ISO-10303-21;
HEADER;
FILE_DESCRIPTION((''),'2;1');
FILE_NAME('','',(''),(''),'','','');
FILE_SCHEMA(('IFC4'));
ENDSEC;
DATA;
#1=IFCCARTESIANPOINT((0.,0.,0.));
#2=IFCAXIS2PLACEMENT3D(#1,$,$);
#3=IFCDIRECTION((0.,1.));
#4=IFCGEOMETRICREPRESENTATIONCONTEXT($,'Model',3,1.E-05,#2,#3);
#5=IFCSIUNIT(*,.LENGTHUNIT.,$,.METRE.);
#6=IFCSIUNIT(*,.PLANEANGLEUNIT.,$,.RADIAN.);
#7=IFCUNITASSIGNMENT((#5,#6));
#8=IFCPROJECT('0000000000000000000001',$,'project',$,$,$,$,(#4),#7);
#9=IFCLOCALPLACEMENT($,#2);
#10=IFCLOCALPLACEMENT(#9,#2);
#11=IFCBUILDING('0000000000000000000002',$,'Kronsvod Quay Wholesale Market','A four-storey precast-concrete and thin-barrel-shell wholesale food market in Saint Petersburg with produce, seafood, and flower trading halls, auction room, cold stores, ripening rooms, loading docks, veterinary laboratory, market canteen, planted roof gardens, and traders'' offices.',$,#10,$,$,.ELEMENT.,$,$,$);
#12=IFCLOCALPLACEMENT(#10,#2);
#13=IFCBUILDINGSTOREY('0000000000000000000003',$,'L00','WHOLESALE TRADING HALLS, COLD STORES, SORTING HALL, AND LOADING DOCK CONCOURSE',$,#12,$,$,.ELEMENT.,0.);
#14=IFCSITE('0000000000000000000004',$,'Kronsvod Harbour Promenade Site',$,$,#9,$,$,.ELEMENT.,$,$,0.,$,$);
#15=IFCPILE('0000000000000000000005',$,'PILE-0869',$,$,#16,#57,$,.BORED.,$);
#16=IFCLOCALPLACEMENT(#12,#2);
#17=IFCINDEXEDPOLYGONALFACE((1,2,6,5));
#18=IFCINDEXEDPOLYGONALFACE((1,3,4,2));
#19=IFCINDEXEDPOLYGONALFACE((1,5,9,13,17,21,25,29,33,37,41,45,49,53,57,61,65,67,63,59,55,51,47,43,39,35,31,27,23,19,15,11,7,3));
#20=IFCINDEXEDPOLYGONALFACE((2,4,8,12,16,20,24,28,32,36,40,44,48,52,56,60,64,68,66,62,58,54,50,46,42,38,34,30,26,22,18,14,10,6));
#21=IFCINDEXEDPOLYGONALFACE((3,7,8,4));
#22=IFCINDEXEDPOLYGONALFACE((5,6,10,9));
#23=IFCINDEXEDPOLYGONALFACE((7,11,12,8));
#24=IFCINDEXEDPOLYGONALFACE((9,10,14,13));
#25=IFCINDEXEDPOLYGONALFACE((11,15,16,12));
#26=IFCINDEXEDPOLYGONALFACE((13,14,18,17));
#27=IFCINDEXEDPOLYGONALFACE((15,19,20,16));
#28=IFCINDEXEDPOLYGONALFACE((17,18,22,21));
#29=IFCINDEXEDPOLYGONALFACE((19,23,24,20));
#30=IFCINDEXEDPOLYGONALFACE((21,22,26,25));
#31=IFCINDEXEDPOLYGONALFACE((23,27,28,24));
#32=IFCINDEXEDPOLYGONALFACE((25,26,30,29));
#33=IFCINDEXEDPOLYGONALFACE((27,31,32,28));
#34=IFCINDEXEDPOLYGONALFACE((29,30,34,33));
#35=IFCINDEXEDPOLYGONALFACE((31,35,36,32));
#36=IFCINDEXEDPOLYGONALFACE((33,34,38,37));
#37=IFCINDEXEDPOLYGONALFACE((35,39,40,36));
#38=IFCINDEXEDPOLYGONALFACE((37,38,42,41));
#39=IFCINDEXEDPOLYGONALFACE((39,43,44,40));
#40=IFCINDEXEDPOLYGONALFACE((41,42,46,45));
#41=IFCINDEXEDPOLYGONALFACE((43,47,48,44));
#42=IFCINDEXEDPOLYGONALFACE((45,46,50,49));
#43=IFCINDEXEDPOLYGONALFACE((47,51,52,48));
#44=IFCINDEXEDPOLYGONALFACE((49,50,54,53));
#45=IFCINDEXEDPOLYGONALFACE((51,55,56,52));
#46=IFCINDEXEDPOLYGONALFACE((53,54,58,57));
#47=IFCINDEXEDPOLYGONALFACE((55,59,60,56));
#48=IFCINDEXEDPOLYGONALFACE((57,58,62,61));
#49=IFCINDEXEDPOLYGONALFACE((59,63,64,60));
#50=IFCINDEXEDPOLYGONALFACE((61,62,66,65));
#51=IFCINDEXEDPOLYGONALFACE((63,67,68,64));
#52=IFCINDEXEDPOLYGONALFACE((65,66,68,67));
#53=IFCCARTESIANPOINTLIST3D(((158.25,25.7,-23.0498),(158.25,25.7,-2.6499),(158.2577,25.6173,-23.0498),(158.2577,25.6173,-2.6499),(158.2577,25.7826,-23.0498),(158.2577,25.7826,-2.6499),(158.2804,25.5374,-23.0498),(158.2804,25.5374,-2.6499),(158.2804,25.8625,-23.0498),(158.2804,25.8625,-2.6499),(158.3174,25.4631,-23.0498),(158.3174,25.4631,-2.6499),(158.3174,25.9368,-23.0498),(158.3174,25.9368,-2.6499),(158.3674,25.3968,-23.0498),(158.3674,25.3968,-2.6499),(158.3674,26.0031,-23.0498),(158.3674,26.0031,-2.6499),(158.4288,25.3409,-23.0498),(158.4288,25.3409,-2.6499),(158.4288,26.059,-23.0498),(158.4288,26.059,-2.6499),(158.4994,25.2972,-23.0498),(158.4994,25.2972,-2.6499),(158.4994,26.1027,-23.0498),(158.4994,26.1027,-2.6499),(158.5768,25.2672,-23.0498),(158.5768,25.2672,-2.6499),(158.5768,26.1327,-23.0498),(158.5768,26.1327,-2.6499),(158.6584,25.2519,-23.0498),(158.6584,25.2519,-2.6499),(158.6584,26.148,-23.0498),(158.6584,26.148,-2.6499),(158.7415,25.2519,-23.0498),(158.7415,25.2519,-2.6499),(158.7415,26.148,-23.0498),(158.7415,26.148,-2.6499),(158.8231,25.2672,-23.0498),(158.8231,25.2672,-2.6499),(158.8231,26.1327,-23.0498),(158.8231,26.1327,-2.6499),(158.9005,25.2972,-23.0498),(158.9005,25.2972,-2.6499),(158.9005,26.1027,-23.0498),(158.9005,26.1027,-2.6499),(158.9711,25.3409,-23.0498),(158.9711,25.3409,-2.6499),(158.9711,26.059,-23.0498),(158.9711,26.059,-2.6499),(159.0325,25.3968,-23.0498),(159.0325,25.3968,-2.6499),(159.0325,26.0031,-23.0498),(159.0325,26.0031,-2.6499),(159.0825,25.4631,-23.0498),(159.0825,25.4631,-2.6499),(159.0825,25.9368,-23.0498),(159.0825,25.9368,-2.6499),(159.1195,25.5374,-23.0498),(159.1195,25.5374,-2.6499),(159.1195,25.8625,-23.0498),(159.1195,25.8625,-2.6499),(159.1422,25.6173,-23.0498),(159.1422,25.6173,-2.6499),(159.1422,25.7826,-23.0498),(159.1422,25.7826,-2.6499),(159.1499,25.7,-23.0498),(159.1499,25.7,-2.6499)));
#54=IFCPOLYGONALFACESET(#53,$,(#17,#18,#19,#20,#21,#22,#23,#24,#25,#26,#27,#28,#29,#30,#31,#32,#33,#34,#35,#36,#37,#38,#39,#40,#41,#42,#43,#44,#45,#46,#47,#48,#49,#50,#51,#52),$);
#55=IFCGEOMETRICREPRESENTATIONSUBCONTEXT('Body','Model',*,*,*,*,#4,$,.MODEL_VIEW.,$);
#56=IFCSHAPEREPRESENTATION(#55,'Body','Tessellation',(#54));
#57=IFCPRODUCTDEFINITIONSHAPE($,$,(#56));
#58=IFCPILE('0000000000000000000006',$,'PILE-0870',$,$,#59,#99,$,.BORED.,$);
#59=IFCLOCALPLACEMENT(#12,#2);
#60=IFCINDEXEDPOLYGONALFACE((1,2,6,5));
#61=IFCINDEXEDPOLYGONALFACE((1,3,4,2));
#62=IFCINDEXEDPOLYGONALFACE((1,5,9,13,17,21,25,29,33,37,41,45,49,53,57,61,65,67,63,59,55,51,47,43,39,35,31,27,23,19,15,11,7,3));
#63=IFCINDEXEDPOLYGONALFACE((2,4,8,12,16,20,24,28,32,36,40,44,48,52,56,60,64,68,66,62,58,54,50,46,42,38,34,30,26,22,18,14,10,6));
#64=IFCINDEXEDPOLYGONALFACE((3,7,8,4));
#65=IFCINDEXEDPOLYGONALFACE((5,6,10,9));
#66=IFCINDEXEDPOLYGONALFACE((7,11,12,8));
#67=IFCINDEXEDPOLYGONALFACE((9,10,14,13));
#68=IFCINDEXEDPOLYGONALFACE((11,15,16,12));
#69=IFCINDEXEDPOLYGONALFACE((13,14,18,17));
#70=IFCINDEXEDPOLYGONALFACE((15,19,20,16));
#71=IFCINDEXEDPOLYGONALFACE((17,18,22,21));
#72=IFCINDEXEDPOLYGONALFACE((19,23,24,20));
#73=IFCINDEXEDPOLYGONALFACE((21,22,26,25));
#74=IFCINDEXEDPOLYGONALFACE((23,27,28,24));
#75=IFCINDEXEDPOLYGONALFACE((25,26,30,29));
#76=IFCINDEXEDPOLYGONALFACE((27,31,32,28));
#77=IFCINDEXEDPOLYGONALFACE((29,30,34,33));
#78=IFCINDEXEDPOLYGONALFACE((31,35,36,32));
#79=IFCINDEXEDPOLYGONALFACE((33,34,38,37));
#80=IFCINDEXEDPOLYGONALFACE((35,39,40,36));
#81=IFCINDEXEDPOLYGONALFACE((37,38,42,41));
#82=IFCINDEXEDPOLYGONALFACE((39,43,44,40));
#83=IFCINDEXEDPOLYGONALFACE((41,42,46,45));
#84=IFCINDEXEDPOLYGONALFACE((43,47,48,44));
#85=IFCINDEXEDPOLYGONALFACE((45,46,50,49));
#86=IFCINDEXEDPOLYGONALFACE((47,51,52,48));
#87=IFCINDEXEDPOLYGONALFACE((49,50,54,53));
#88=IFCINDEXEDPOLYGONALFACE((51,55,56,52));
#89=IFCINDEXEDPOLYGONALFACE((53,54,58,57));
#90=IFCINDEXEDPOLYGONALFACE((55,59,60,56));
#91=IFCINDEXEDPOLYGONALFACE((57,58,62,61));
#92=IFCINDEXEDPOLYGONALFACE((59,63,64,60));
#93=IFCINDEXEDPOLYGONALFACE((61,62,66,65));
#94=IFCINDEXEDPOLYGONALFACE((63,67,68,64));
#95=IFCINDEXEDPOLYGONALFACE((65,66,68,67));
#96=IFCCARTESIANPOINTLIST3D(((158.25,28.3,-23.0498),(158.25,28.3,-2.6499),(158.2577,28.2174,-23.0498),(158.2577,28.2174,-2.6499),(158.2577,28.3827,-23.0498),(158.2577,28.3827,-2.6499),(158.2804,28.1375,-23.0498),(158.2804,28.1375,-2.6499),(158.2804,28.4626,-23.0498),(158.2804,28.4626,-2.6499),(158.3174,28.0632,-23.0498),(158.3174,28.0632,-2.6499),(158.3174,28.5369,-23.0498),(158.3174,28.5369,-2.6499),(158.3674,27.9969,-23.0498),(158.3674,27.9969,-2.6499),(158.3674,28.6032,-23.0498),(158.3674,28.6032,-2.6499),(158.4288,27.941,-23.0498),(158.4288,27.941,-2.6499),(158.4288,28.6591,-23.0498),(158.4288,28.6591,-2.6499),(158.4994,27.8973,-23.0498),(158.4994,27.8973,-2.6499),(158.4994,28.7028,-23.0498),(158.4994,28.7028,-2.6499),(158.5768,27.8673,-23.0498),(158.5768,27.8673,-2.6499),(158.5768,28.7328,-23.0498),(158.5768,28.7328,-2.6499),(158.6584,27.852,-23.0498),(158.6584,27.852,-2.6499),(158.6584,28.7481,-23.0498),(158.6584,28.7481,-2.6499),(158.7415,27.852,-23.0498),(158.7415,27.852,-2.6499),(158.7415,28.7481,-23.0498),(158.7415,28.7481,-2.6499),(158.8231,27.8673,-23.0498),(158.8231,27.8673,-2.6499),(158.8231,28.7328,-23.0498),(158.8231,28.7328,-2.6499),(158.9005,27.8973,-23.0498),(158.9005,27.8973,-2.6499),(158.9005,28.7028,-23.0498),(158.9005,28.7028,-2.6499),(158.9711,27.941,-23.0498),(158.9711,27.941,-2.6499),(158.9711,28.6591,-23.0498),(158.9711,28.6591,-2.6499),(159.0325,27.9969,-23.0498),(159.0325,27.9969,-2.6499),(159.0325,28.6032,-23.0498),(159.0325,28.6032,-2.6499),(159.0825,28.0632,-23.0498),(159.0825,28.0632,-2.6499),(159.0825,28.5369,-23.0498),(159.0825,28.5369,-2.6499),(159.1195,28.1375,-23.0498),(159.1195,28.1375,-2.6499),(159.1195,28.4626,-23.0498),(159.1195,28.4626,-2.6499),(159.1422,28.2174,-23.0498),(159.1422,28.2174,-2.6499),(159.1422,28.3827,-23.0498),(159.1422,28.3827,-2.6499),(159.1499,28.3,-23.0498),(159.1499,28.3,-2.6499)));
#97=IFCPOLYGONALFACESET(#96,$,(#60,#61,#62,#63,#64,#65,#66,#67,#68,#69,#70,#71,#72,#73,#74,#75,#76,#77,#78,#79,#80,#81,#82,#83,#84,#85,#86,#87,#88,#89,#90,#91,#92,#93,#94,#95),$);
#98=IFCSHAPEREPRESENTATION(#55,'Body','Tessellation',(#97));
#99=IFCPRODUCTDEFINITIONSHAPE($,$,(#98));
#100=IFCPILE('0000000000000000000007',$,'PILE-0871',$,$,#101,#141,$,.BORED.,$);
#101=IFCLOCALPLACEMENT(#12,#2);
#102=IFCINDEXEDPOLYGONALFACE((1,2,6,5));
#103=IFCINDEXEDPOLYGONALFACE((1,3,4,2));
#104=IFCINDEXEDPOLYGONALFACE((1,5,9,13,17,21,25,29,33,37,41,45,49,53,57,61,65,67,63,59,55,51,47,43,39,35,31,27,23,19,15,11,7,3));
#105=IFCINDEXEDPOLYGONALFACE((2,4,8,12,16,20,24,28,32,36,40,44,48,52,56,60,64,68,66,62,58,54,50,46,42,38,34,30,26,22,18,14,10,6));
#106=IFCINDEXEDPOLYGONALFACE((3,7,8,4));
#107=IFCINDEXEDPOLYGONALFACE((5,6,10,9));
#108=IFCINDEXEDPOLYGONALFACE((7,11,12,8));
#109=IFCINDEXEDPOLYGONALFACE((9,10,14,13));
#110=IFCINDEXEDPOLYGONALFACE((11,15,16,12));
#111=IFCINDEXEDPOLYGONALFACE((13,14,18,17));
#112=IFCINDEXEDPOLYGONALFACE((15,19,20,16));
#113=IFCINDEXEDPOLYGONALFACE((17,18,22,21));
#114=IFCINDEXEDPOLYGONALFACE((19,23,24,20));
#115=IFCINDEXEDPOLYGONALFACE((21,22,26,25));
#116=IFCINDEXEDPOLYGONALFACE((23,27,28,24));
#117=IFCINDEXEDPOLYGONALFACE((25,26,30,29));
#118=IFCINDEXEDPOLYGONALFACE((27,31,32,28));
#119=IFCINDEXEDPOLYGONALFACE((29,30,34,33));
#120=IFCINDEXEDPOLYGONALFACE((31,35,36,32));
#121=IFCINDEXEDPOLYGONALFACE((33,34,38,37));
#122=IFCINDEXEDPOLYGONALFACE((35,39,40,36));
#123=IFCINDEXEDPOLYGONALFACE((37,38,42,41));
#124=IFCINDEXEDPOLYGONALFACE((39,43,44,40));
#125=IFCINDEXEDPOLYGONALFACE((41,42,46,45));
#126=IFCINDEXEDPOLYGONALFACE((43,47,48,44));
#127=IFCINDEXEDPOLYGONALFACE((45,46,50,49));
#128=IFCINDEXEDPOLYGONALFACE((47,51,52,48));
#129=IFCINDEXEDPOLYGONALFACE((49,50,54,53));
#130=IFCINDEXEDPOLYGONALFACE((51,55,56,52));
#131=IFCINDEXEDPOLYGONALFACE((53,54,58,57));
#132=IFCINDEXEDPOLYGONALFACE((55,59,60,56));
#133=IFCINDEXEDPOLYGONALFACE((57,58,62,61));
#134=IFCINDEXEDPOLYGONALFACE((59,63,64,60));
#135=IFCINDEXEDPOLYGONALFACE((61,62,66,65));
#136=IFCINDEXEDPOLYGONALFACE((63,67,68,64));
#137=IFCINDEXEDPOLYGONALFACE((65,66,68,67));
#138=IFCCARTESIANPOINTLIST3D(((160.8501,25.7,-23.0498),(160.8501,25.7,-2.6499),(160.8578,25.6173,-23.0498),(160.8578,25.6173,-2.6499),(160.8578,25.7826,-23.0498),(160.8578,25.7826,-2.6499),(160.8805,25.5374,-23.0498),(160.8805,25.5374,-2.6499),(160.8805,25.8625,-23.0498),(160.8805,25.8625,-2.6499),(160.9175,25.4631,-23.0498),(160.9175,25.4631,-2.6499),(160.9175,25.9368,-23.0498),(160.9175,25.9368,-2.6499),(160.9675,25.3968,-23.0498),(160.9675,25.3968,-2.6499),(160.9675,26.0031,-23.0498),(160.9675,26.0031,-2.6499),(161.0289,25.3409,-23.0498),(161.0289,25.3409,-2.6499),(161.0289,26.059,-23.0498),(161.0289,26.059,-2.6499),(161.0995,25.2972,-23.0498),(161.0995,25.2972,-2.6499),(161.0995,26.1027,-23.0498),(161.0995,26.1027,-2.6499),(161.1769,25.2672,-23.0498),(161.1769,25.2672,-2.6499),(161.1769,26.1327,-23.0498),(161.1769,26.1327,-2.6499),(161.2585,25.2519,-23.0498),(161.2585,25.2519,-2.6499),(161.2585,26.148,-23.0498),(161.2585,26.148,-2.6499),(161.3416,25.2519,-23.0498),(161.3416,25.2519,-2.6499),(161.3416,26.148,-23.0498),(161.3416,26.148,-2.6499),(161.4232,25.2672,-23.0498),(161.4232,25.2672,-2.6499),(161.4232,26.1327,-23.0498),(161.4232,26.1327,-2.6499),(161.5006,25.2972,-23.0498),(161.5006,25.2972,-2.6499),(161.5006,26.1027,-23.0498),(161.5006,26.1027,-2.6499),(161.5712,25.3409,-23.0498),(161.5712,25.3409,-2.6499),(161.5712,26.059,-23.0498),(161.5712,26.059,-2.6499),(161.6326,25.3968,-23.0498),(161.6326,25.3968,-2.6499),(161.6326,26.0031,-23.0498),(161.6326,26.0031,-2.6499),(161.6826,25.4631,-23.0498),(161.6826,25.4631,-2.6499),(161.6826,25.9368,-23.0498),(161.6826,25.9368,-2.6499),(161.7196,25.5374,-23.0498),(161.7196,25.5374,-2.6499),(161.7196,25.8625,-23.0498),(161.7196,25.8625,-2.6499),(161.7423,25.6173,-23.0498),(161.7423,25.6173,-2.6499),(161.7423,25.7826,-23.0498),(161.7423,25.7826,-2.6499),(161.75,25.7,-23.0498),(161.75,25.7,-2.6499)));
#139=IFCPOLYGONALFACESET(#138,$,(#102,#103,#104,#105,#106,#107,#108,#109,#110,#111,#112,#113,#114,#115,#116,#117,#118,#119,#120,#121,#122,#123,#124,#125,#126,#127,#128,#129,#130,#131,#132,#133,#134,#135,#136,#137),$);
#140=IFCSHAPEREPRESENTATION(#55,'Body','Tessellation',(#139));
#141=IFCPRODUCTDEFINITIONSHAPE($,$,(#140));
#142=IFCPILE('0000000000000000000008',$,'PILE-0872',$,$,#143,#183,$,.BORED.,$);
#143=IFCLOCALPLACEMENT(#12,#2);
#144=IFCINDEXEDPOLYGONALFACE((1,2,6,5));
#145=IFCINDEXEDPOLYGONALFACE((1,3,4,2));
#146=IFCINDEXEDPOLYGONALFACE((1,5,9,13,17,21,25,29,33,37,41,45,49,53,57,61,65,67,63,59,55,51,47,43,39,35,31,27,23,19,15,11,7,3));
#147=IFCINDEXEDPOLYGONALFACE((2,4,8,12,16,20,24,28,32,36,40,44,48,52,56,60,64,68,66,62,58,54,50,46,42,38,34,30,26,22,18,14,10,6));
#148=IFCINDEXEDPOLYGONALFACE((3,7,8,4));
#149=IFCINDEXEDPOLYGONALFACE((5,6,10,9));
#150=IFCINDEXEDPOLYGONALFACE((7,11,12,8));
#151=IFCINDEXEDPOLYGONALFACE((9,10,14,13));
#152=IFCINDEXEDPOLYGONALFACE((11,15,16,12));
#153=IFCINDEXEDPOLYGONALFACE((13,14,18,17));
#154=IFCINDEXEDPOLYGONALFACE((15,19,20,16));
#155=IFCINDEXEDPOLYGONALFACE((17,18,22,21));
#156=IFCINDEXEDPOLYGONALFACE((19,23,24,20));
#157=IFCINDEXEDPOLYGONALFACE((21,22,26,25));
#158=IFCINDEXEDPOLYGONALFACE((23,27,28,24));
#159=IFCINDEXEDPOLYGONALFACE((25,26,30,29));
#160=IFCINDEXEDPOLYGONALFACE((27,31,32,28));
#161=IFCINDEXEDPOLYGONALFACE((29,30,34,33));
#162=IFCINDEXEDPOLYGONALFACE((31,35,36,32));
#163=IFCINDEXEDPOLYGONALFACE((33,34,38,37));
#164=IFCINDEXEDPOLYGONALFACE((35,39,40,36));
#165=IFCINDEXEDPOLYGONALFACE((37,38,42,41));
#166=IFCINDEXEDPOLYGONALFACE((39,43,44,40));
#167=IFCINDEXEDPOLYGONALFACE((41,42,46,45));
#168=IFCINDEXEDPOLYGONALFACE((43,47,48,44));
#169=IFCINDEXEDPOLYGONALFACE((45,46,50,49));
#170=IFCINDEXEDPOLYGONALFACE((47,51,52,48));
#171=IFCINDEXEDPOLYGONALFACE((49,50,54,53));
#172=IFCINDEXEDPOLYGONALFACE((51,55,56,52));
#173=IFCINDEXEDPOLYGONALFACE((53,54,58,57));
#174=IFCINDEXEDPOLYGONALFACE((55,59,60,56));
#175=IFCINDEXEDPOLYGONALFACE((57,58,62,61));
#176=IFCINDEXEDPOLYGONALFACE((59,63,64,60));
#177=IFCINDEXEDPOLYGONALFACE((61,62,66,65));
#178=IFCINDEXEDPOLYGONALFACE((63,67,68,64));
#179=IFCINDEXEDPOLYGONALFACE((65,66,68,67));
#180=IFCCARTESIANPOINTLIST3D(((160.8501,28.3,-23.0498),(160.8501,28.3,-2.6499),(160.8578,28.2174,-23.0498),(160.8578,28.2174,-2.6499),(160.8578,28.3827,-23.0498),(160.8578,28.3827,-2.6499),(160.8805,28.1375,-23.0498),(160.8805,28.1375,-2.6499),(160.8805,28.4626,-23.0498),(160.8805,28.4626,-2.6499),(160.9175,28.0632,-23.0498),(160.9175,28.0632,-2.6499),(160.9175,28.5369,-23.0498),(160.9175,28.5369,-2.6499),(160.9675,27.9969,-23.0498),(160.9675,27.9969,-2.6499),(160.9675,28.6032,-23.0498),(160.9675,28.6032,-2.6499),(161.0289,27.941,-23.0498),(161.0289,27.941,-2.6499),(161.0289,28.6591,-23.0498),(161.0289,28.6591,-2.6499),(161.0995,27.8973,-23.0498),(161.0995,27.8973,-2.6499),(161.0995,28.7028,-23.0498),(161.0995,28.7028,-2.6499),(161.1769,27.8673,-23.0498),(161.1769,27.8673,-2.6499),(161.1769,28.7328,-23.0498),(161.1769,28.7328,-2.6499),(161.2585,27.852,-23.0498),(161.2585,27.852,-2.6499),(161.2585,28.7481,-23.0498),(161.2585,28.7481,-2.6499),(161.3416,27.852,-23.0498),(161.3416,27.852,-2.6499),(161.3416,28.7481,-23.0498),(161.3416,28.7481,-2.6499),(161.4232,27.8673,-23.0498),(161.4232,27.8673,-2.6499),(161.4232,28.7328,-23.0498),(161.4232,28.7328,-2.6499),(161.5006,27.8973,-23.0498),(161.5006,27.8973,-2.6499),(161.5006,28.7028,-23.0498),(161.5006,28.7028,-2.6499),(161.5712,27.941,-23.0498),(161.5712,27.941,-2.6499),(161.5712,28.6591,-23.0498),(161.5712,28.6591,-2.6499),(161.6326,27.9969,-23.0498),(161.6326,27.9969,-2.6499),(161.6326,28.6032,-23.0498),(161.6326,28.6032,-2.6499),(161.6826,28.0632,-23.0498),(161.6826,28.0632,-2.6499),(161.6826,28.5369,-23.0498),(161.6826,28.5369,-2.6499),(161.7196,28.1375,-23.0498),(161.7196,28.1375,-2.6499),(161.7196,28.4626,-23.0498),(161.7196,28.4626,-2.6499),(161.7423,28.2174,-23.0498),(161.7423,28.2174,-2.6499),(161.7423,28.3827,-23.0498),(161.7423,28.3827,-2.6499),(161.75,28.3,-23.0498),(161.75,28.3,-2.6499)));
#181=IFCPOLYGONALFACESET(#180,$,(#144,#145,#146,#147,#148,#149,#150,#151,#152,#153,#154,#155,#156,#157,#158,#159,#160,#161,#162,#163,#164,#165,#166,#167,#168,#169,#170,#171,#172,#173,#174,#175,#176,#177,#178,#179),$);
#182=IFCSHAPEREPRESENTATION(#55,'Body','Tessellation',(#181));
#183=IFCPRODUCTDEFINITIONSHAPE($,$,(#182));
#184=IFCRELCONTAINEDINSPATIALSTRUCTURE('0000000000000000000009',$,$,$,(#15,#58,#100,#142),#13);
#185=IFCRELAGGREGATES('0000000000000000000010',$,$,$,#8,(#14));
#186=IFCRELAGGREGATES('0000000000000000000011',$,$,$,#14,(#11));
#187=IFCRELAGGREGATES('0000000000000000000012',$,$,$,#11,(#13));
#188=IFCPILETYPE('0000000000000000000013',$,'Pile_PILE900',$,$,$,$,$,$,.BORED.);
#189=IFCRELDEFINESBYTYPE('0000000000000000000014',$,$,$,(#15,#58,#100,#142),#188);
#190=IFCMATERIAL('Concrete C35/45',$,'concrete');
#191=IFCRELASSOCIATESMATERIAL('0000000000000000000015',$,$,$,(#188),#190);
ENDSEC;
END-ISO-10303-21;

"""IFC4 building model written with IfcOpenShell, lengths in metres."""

from ifc_helpers import new_model, si_unit, direction, frame, origin, origin_2d, place, context, subcontext, project, spatial, circle, extrude, material, material_profile, profile_set, type_object, element, save


model = new_model("IFC4")

# Units and contexts
model_context = context("Model", 3, precision=1e-05, world=origin(), true_north=direction((0.0, 1.0)))
body_context = subcontext(model_context, "Body", "Model", "MODEL_VIEW")
ifc_project = project(units=[si_unit("LENGTHUNIT", "METRE"), si_unit("PLANEANGLEUNIT", "RADIAN")], contexts=[model_context])

# Site, building, storey
site_placement = place(None, origin())
site = spatial("IfcSite", under=ifc_project, at=site_placement, Name="Kronsvod Harbour Promenade Site", CompositionType="ELEMENT", RefElevation=0.0)
building_placement = place(site_placement, origin())
building = spatial("IfcBuilding", under=site, at=building_placement, Name="Kronsvod Quay Wholesale Market", Description="A four-storey precast-concrete and thin-barrel-shell wholesale food market in Saint Petersburg with produce, seafood, and flower trading halls, auction room, cold stores, ripening rooms, loading docks, veterinary laboratory, market canteen, planted roof gardens, and traders' offices.", CompositionType="ELEMENT")
storey_placement = place(building_placement, origin())
storey = spatial("IfcBuildingStorey", under=building, at=storey_placement, Name="L00", Description="WHOLESALE TRADING HALLS, COLD STORES, SORTING HALL, AND LOADING DOCK CONCOURSE", CompositionType="ELEMENT", Elevation=0.0)

# Piles
ifc_material_1 = material(Name="Concrete C35/45", Category="concrete")
ifc_material_profile_1 = material_profile(ifc_material_1, circle(Radius=0.45, at=origin_2d()), Name="PILE900")
ifc_profile_set_1 = profile_set([ifc_material_profile_1], Name="Concrete C35/45")
pile_type = type_object("IfcPileType", Name="Pile_PILE900", PredefinedType="BORED", material=ifc_profile_set_1)
for number, where, z_axis, x_axis, name in (
    (1, (158.7, 25.7, -2.6499), (0.0, 0.0, -1.0), (1.0, 0.0, 0.0), "PILE-0869"),
    (2, (158.7, 28.3, -2.6499), (0.0, 0.0, -1.0), (1.0, 0.0, 0.0), "PILE-0870"),
    (3, (161.3, 25.7, -2.6499), (0.0, 0.0, -1.0), (1.0, 0.0, 0.0), "PILE-0871"),
    (4, (161.3, 28.3, -2.6499), (0.0, 0.0, -1.0), (1.0, 0.0, 0.0), "PILE-0872"),
):
    element("IfcPile", number, at=place(storey_placement, frame(where, z_axis=z_axis, x_axis=x_axis)), inside=storey, type_object=pile_type, Name=name, PredefinedType="BORED", context=body_context, shape_type="SweptSolid", body=[
        extrude(circle(Radius=0.45, at=origin_2d()), origin(), (0.0, 0.0, 1.0), 20.3999),
    ])

save(model, "model.ifc")
